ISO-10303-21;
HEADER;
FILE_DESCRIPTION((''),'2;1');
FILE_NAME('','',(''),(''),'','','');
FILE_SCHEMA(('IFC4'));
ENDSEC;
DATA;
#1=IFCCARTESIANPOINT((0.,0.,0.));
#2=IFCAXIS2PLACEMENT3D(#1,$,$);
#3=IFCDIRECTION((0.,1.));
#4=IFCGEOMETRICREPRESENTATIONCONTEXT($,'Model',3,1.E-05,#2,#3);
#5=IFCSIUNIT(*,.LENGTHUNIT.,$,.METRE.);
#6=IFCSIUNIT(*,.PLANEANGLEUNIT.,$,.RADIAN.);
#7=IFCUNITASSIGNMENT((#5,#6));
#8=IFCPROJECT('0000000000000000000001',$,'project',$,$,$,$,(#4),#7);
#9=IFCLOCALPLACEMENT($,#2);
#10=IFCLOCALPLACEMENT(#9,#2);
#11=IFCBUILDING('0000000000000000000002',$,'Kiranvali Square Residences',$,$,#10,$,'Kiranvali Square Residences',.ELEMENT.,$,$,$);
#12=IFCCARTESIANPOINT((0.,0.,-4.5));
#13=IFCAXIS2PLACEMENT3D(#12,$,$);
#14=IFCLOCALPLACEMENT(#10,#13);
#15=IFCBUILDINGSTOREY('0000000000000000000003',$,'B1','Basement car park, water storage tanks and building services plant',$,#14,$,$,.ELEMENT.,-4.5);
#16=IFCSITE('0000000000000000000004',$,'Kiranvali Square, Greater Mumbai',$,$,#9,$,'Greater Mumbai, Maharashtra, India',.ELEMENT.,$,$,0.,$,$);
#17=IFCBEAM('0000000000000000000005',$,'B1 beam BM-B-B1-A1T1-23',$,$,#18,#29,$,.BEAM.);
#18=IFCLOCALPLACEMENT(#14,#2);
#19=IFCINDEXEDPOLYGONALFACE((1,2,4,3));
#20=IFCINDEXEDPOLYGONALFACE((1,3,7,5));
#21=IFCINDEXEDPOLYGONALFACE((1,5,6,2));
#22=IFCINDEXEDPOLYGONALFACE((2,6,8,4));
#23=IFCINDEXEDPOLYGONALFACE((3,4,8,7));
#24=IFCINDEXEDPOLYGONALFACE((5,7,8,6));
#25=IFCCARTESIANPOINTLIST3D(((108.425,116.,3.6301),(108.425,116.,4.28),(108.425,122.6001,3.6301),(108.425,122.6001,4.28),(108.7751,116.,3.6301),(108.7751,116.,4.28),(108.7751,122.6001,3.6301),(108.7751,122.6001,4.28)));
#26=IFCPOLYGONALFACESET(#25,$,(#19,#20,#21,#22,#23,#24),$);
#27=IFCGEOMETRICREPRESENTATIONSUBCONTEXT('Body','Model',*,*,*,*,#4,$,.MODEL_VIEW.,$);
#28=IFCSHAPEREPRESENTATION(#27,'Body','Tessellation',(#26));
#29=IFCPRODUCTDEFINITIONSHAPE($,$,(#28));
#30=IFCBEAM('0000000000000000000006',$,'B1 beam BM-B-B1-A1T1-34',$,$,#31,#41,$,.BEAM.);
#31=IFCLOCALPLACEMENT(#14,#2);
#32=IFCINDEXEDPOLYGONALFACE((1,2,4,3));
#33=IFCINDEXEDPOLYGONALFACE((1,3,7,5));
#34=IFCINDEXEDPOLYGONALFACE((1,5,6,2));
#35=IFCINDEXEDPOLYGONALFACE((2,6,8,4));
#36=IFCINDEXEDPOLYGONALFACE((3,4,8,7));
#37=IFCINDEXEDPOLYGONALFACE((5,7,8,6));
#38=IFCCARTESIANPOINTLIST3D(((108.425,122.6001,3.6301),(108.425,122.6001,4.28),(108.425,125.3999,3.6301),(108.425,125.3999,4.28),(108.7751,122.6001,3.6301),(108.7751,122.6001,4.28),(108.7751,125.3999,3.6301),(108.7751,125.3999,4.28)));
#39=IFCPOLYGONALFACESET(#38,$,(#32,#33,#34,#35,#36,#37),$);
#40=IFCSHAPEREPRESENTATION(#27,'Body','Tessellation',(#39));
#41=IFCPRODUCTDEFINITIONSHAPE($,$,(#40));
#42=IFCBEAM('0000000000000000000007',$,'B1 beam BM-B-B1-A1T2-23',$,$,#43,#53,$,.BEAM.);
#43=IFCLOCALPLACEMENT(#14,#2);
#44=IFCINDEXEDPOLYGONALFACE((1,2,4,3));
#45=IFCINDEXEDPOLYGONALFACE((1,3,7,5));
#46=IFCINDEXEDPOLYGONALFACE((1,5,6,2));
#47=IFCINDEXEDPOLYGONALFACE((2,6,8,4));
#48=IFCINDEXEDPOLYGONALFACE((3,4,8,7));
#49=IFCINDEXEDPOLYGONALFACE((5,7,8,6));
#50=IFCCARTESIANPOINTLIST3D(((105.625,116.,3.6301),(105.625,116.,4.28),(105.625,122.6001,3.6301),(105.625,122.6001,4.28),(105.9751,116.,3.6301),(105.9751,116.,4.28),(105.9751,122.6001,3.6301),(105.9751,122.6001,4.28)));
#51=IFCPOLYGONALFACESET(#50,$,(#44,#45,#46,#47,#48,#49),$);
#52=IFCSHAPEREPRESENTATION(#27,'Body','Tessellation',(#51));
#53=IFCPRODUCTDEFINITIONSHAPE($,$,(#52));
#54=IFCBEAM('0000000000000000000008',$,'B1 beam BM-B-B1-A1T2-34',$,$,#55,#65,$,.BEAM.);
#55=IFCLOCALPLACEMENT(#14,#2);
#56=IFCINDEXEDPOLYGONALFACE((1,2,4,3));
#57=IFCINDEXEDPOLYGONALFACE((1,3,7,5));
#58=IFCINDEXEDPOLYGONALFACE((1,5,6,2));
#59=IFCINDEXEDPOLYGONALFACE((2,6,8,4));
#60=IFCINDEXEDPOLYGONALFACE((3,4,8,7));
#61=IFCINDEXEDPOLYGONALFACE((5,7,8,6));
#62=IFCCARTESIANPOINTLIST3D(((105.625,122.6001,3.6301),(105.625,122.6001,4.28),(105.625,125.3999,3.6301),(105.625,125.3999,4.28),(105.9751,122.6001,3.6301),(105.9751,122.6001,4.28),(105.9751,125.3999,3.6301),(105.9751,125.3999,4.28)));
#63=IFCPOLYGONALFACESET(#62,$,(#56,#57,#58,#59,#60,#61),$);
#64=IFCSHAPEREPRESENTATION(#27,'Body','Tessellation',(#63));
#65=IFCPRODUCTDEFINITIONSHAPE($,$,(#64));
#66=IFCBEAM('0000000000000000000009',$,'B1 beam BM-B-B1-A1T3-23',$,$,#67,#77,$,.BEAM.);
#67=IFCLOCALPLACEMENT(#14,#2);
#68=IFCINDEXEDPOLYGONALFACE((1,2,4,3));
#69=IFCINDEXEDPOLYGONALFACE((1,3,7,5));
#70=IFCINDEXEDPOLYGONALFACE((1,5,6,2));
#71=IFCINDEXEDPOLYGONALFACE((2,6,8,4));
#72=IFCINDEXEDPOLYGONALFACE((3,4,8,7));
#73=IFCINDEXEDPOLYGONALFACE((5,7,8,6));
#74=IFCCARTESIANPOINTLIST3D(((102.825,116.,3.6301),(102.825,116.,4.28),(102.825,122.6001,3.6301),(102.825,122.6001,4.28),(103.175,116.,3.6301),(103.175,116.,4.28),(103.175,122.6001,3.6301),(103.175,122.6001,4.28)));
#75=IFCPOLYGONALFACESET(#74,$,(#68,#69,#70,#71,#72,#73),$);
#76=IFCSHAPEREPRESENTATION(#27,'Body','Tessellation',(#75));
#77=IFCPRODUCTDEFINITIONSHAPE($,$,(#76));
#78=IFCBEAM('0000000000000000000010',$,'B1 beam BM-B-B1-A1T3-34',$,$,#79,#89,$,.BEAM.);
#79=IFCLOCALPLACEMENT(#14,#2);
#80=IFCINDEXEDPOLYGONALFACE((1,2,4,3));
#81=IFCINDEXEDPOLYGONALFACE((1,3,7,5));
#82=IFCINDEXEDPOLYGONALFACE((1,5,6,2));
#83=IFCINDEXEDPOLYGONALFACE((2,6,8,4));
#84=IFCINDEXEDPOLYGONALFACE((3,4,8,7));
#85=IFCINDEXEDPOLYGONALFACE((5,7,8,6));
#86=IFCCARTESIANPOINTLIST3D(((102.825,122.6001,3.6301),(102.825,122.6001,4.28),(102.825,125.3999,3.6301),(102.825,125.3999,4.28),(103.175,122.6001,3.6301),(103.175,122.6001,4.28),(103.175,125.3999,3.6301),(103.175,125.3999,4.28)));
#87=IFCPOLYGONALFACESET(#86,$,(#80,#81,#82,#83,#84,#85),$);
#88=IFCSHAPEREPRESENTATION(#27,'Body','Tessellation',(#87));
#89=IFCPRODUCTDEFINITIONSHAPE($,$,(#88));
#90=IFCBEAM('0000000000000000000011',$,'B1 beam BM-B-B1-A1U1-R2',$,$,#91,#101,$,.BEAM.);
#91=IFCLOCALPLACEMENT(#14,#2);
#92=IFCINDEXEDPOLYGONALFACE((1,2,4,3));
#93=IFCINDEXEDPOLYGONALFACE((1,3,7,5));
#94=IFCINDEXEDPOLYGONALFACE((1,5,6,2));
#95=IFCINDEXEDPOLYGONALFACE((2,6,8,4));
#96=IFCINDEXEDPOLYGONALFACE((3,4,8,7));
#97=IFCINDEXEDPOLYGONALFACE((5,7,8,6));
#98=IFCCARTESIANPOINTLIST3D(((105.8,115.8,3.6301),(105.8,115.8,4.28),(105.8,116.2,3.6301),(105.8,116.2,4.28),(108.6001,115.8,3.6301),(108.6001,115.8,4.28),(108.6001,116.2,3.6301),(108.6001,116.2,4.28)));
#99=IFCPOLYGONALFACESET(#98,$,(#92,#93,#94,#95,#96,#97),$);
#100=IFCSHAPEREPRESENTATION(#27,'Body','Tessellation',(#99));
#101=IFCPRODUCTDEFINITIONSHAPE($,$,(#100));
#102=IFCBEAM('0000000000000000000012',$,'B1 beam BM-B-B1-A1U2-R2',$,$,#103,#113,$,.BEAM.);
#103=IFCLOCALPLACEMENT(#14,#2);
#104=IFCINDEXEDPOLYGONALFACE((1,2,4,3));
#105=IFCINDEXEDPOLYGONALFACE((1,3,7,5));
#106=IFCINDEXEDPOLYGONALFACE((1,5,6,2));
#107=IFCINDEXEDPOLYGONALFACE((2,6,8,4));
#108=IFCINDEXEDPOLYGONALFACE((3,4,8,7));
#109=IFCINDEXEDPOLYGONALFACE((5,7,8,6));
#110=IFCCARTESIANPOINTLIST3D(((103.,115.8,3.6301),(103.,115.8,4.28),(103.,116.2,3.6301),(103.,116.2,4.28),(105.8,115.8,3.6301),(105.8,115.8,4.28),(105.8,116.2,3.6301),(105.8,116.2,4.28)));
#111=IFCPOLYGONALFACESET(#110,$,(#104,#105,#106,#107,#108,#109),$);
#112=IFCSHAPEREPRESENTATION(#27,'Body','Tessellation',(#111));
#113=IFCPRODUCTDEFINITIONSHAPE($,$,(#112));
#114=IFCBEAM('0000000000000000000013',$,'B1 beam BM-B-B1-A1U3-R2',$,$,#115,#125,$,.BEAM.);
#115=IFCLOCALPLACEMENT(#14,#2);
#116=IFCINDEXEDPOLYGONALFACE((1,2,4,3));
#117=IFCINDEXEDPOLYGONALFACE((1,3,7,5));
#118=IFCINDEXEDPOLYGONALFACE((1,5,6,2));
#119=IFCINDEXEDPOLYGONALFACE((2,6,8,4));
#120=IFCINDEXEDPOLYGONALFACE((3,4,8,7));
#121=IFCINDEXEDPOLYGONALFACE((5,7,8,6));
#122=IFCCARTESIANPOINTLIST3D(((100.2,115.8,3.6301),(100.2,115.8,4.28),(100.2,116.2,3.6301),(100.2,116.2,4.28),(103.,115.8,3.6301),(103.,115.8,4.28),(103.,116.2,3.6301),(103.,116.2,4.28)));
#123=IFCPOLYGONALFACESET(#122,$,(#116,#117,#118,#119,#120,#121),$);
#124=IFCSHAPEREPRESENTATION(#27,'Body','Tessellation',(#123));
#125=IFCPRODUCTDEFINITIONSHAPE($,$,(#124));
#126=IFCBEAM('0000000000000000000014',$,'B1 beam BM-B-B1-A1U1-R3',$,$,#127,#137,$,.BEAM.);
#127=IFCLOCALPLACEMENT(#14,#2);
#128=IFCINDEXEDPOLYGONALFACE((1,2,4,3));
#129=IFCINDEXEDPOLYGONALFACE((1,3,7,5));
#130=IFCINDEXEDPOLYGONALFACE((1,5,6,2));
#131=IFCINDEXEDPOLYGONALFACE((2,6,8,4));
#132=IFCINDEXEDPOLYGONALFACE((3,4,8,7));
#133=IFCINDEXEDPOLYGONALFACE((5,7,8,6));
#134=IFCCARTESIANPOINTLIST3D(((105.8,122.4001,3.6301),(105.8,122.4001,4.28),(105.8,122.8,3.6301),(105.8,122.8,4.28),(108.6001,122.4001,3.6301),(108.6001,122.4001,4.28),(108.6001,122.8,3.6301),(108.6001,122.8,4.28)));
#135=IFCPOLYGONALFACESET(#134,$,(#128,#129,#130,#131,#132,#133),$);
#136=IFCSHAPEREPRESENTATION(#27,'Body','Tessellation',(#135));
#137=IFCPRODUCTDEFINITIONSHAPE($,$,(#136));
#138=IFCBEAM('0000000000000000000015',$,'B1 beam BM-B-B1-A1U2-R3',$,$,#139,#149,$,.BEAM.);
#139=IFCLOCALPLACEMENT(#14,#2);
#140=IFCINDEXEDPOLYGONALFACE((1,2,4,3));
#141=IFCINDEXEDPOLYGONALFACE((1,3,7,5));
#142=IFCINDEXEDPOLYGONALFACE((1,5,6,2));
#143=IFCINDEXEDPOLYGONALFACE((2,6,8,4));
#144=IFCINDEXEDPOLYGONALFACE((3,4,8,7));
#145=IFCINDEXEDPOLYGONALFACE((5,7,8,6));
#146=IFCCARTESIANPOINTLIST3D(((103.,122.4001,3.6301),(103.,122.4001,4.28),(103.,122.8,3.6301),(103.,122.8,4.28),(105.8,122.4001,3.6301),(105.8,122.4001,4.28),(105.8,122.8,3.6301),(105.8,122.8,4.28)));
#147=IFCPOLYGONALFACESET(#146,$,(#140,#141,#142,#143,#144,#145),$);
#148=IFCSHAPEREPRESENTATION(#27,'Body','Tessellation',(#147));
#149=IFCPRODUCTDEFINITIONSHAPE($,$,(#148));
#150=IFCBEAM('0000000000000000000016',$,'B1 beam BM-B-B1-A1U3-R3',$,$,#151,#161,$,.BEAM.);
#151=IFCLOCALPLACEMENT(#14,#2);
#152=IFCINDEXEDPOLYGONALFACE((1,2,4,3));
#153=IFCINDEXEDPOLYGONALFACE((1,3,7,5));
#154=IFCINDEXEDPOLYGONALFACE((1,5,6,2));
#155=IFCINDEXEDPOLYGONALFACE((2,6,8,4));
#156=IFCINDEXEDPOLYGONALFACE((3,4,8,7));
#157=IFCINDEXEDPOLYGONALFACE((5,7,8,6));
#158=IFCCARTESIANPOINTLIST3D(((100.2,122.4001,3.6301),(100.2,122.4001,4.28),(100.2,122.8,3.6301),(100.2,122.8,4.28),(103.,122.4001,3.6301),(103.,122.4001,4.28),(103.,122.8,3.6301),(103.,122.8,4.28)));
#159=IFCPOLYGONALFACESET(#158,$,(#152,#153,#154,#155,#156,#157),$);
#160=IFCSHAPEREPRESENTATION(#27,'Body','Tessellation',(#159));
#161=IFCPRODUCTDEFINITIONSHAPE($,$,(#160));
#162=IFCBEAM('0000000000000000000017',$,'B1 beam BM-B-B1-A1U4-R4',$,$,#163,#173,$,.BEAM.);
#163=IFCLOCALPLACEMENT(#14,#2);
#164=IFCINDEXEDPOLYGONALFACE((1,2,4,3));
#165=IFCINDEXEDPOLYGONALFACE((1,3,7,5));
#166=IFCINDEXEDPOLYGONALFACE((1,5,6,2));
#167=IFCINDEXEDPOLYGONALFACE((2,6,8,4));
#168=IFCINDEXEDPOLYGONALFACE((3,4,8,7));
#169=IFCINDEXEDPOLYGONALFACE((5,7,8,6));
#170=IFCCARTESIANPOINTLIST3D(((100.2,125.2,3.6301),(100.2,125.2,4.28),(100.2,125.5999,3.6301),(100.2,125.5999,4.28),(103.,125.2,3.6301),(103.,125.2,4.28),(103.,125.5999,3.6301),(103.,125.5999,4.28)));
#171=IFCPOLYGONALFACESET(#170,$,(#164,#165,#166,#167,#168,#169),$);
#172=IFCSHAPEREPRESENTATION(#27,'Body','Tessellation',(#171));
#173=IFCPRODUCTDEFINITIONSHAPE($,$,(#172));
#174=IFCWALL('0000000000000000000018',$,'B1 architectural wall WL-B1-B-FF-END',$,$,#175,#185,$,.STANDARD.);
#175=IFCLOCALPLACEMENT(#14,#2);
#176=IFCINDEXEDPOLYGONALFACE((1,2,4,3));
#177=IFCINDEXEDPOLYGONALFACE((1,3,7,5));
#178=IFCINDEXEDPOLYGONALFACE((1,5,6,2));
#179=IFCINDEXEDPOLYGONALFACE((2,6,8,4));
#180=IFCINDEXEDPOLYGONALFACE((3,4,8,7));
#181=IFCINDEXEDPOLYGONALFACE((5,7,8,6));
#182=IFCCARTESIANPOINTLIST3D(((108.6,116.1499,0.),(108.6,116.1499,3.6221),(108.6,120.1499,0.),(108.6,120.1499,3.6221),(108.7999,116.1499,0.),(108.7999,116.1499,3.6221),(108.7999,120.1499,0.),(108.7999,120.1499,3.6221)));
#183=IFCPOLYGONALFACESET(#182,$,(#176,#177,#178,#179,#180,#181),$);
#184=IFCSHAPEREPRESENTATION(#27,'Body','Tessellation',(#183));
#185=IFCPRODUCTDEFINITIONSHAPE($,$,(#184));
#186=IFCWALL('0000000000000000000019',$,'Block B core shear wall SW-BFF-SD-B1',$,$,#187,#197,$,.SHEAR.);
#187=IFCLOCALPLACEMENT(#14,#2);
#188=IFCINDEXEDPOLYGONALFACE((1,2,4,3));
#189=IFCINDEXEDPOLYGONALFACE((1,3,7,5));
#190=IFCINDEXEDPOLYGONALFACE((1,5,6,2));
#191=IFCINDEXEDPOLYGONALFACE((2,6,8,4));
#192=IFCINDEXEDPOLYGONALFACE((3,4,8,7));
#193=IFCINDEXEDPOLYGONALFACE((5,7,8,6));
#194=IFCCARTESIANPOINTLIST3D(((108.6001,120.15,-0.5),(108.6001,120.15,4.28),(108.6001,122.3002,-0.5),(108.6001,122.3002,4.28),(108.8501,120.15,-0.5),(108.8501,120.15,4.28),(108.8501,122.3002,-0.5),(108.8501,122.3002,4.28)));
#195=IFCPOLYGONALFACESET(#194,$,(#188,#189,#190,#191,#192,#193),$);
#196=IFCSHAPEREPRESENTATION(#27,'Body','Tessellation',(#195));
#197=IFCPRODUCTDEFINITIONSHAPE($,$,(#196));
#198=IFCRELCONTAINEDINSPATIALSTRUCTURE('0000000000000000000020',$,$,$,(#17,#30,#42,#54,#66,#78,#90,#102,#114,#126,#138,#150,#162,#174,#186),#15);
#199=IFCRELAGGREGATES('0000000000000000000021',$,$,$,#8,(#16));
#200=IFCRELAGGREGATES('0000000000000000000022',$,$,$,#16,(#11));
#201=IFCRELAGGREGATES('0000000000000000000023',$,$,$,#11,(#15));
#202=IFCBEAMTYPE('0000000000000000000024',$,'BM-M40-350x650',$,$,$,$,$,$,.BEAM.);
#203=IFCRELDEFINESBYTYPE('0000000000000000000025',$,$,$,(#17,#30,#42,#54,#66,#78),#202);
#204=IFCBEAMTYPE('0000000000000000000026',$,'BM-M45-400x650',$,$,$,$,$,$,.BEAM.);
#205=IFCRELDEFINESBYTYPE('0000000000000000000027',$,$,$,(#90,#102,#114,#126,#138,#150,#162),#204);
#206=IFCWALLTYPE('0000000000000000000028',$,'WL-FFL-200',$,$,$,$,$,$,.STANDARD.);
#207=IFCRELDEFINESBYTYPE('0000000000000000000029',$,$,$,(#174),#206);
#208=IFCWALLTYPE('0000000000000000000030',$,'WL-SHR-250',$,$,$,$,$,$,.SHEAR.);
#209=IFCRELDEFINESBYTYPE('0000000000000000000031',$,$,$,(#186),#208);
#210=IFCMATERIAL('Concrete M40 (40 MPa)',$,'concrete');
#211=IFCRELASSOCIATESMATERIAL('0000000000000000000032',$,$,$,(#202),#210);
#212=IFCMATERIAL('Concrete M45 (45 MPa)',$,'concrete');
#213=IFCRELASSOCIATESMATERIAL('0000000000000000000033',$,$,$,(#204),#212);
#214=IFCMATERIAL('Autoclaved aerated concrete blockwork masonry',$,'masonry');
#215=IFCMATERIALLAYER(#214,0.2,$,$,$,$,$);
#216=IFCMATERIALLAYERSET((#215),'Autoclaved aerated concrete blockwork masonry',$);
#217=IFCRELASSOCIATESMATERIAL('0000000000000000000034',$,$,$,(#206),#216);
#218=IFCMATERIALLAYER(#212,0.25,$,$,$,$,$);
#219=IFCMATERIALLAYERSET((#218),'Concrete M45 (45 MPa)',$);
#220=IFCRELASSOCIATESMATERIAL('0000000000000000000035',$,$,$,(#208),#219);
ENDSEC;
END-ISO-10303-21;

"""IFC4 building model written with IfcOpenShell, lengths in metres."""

from ifc_helpers import new_model, si_unit, direction, frame, frame_2d, origin, origin_2d, place, context, subcontext, project, spatial, rectangle, extrude, material, layer, layer_set, material_profile, profile_set, type_object, element, save


model = new_model("IFC4")

# Units and contexts
model_context = context("Model", 3, precision=1e-05, world=origin(), true_north=direction((0.0, 1.0)))
body_context = subcontext(model_context, "Body", "Model", "MODEL_VIEW")
ifc_project = project(units=[si_unit("LENGTHUNIT", "METRE"), si_unit("PLANEANGLEUNIT", "RADIAN")], contexts=[model_context])

# Site, building, storey
site_placement = place(None, origin())
site = spatial("IfcSite", under=ifc_project, at=site_placement, Name="Kiranvali Square, Greater Mumbai", LongName="Greater Mumbai, Maharashtra, India", CompositionType="ELEMENT", RefElevation=0.0)
building_placement = place(site_placement, origin())
building = spatial("IfcBuilding", under=site, at=building_placement, Name="Kiranvali Square Residences", LongName="Kiranvali Square Residences", CompositionType="ELEMENT")
storey_placement = place(building_placement, frame((0.0, 0.0, -4.5)))
storey = spatial("IfcBuildingStorey", under=building, at=storey_placement, Name="B1", Description="Basement car park, water storage tanks and building services plant", CompositionType="ELEMENT", Elevation=-4.5)

# Shared definitions
ifc_material_1 = material(Name="Concrete M40 (40 MPa)", Category="concrete")

# Shared definitions
ifc_material_2 = material(Name="Concrete M45 (45 MPa)", Category="concrete")

# Beams
ifc_material_profile_1 = material_profile(ifc_material_1, rectangle(XDim=0.3501, YDim=0.6499, at=origin_2d()), Name="RC 350x650")
ifc_profile_set_1 = profile_set([ifc_material_profile_1], Name="Concrete M40 (40 MPa)")
beam_type_1 = type_object("IfcBeamType", Name="BM-M40-350x650", PredefinedType="BEAM", material=ifc_profile_set_1)
beam_1_placement = place(storey_placement, frame((108.6001, 116.0, 3.9551), z_axis=(0.0, 1.0, 0.0), x_axis=(-1.0, 0.0, 0.0)))
element("IfcBeam", 1, at=beam_1_placement, inside=storey, type_object=beam_type_1, Name="B1 beam BM-B-B1-A1T1-23", PredefinedType="BEAM", context=body_context, shape_type="SweptSolid", body=[
    extrude(rectangle(XDim=0.3501, YDim=0.6499, at=origin_2d()), origin(), (0.0, 0.0, 1.0), 6.6001),
])
beam_2_placement = place(storey_placement, frame((108.6001, 122.6001, 3.9551), z_axis=(0.0, 1.0, 0.0), x_axis=(-1.0, 0.0, 0.0)))
element("IfcBeam", 2, at=beam_2_placement, inside=storey, type_object=beam_type_1, Name="B1 beam BM-B-B1-A1T1-34", PredefinedType="BEAM", context=body_context, shape_type="SweptSolid", body=[
    extrude(rectangle(XDim=0.3501, YDim=0.6499, at=origin_2d()), origin(), (0.0, 0.0, 1.0), 2.7998),
])
beam_3_placement = place(storey_placement, frame((105.8, 116.0, 3.9551), z_axis=(0.0, 1.0, 0.0), x_axis=(-1.0, 0.0, 0.0)))
element("IfcBeam", 3, at=beam_3_placement, inside=storey, type_object=beam_type_1, Name="B1 beam BM-B-B1-A1T2-23", PredefinedType="BEAM", context=body_context, shape_type="SweptSolid", body=[
    extrude(rectangle(XDim=0.3501, YDim=0.6499, at=origin_2d()), origin(), (0.0, 0.0, 1.0), 6.6001),
])
beam_4_placement = place(storey_placement, frame((105.8, 122.6001, 3.9551), z_axis=(0.0, 1.0, 0.0), x_axis=(-1.0, 0.0, 0.0)))
element("IfcBeam", 4, at=beam_4_placement, inside=storey, type_object=beam_type_1, Name="B1 beam BM-B-B1-A1T2-34", PredefinedType="BEAM", context=body_context, shape_type="SweptSolid", body=[
    extrude(rectangle(XDim=0.3501, YDim=0.6499, at=origin_2d()), origin(), (0.0, 0.0, 1.0), 2.7998),
])
beam_5_placement = place(storey_placement, frame((103.0, 116.0, 3.9551), z_axis=(0.0, 1.0, 0.0), x_axis=(-1.0, 0.0, 0.0)))
element("IfcBeam", 5, at=beam_5_placement, inside=storey, type_object=beam_type_1, Name="B1 beam BM-B-B1-A1T3-23", PredefinedType="BEAM", context=body_context, shape_type="SweptSolid", body=[
    extrude(rectangle(XDim=0.3501, YDim=0.6499, at=origin_2d()), origin(), (0.0, 0.0, 1.0), 6.6001),
])
beam_6_placement = place(storey_placement, frame((103.0, 122.6001, 3.9551), z_axis=(0.0, 1.0, 0.0), x_axis=(-1.0, 0.0, 0.0)))
element("IfcBeam", 6, at=beam_6_placement, inside=storey, type_object=beam_type_1, Name="B1 beam BM-B-B1-A1T3-34", PredefinedType="BEAM", context=body_context, shape_type="SweptSolid", body=[
    extrude(rectangle(XDim=0.3501, YDim=0.6499, at=origin_2d()), origin(), (0.0, 0.0, 1.0), 2.7998),
])
ifc_material_profile_2 = material_profile(ifc_material_2, rectangle(XDim=0.3999, YDim=0.6499, at=origin_2d()), Name="RC 400x650")
ifc_profile_set_2 = profile_set([ifc_material_profile_2], Name="Concrete M45 (45 MPa)")
beam_type_2 = type_object("IfcBeamType", Name="BM-M45-400x650", PredefinedType="BEAM", material=ifc_profile_set_2)
for number, where, z_axis, x_axis, name in (
    (7, (108.6001, 116.0, 3.9551), (-1.0, 0.0, 0.0), (0.0, -1.0, 0.0), "B1 beam BM-B-B1-A1U1-R2"),
    (8, (105.8, 116.0, 3.9551), (-1.0, 0.0, 0.0), (0.0, -1.0, 0.0), "B1 beam BM-B-B1-A1U2-R2"),
    (9, (103.0, 116.0, 3.9551), (-1.0, 0.0, 0.0), (0.0, -1.0, 0.0), "B1 beam BM-B-B1-A1U3-R2"),
    (10, (108.6001, 122.6001, 3.9551), (-1.0, 0.0, 0.0), (0.0, -1.0, 0.0), "B1 beam BM-B-B1-A1U1-R3"),
    (11, (105.8, 122.6001, 3.9551), (-1.0, 0.0, 0.0), (0.0, -1.0, 0.0), "B1 beam BM-B-B1-A1U2-R3"),
    (12, (103.0, 122.6001, 3.9551), (-1.0, 0.0, 0.0), (0.0, -1.0, 0.0), "B1 beam BM-B-B1-A1U3-R3"),
    (13, (103.0, 125.3999, 3.9551), (-1.0, 0.0, 0.0), (0.0, -1.0, 0.0), "B1 beam BM-B-B1-A1U4-R4"),
):
    element("IfcBeam", number, at=place(storey_placement, frame(where, z_axis=z_axis, x_axis=x_axis)), inside=storey, type_object=beam_type_2, Name=name, PredefinedType="BEAM", context=body_context, shape_type="SweptSolid", body=[
        extrude(rectangle(XDim=0.3999, YDim=0.6499, at=origin_2d()), origin(), (0.0, 0.0, 1.0), 2.8),
    ])

# Walls
ifc_material_3 = material(Name="Autoclaved aerated concrete blockwork masonry", Category="masonry")
ifc_layer_1 = layer(ifc_material_3, 0.2)
ifc_layer_set_1 = layer_set([ifc_layer_1], Name="Autoclaved aerated concrete blockwork masonry")
wall_type_1 = type_object("IfcWallType", Name="WL-FFL-200", PredefinedType="STANDARD", material=ifc_layer_set_1)
wall_1_placement = place(storey_placement, frame((108.7, 116.1499, 0.0), z_axis=(0.0, 0.0, 1.0), x_axis=(0.0, 1.0, 0.0)))
element("IfcWall", 14, at=wall_1_placement, inside=storey, type_object=wall_type_1, Name="B1 architectural wall WL-B1-B-FF-END", PredefinedType="STANDARD", context=body_context, shape_type="SweptSolid", body=[
    extrude(rectangle(XDim=4.0, YDim=0.2, at=frame_2d((2.0, 0.0))), origin(), (0.0, 0.0, 1.0), 3.6221),
])
ifc_layer_2 = layer(ifc_material_2, 0.25)
ifc_layer_set_2 = layer_set([ifc_layer_2], Name="Concrete M45 (45 MPa)")
wall_type_2 = type_object("IfcWallType", Name="WL-SHR-250", PredefinedType="SHEAR", material=ifc_layer_set_2)
wall_2_placement = place(storey_placement, frame((108.7251, 120.1499, -0.5), z_axis=(0.0, 0.0, 1.0), x_axis=(0.0, 1.0, 0.0)))
element("IfcWall", 15, at=wall_2_placement, inside=storey, type_object=wall_type_2, Name="Block B core shear wall SW-BFF-SD-B1", PredefinedType="SHEAR", context=body_context, shape_type="SweptSolid", body=[
    extrude(rectangle(XDim=2.1501, YDim=0.25, at=frame_2d((1.0752, 0.0))), origin(), (0.0, 0.0, 1.0), 4.78),
])

save(model, "model.ifc")
